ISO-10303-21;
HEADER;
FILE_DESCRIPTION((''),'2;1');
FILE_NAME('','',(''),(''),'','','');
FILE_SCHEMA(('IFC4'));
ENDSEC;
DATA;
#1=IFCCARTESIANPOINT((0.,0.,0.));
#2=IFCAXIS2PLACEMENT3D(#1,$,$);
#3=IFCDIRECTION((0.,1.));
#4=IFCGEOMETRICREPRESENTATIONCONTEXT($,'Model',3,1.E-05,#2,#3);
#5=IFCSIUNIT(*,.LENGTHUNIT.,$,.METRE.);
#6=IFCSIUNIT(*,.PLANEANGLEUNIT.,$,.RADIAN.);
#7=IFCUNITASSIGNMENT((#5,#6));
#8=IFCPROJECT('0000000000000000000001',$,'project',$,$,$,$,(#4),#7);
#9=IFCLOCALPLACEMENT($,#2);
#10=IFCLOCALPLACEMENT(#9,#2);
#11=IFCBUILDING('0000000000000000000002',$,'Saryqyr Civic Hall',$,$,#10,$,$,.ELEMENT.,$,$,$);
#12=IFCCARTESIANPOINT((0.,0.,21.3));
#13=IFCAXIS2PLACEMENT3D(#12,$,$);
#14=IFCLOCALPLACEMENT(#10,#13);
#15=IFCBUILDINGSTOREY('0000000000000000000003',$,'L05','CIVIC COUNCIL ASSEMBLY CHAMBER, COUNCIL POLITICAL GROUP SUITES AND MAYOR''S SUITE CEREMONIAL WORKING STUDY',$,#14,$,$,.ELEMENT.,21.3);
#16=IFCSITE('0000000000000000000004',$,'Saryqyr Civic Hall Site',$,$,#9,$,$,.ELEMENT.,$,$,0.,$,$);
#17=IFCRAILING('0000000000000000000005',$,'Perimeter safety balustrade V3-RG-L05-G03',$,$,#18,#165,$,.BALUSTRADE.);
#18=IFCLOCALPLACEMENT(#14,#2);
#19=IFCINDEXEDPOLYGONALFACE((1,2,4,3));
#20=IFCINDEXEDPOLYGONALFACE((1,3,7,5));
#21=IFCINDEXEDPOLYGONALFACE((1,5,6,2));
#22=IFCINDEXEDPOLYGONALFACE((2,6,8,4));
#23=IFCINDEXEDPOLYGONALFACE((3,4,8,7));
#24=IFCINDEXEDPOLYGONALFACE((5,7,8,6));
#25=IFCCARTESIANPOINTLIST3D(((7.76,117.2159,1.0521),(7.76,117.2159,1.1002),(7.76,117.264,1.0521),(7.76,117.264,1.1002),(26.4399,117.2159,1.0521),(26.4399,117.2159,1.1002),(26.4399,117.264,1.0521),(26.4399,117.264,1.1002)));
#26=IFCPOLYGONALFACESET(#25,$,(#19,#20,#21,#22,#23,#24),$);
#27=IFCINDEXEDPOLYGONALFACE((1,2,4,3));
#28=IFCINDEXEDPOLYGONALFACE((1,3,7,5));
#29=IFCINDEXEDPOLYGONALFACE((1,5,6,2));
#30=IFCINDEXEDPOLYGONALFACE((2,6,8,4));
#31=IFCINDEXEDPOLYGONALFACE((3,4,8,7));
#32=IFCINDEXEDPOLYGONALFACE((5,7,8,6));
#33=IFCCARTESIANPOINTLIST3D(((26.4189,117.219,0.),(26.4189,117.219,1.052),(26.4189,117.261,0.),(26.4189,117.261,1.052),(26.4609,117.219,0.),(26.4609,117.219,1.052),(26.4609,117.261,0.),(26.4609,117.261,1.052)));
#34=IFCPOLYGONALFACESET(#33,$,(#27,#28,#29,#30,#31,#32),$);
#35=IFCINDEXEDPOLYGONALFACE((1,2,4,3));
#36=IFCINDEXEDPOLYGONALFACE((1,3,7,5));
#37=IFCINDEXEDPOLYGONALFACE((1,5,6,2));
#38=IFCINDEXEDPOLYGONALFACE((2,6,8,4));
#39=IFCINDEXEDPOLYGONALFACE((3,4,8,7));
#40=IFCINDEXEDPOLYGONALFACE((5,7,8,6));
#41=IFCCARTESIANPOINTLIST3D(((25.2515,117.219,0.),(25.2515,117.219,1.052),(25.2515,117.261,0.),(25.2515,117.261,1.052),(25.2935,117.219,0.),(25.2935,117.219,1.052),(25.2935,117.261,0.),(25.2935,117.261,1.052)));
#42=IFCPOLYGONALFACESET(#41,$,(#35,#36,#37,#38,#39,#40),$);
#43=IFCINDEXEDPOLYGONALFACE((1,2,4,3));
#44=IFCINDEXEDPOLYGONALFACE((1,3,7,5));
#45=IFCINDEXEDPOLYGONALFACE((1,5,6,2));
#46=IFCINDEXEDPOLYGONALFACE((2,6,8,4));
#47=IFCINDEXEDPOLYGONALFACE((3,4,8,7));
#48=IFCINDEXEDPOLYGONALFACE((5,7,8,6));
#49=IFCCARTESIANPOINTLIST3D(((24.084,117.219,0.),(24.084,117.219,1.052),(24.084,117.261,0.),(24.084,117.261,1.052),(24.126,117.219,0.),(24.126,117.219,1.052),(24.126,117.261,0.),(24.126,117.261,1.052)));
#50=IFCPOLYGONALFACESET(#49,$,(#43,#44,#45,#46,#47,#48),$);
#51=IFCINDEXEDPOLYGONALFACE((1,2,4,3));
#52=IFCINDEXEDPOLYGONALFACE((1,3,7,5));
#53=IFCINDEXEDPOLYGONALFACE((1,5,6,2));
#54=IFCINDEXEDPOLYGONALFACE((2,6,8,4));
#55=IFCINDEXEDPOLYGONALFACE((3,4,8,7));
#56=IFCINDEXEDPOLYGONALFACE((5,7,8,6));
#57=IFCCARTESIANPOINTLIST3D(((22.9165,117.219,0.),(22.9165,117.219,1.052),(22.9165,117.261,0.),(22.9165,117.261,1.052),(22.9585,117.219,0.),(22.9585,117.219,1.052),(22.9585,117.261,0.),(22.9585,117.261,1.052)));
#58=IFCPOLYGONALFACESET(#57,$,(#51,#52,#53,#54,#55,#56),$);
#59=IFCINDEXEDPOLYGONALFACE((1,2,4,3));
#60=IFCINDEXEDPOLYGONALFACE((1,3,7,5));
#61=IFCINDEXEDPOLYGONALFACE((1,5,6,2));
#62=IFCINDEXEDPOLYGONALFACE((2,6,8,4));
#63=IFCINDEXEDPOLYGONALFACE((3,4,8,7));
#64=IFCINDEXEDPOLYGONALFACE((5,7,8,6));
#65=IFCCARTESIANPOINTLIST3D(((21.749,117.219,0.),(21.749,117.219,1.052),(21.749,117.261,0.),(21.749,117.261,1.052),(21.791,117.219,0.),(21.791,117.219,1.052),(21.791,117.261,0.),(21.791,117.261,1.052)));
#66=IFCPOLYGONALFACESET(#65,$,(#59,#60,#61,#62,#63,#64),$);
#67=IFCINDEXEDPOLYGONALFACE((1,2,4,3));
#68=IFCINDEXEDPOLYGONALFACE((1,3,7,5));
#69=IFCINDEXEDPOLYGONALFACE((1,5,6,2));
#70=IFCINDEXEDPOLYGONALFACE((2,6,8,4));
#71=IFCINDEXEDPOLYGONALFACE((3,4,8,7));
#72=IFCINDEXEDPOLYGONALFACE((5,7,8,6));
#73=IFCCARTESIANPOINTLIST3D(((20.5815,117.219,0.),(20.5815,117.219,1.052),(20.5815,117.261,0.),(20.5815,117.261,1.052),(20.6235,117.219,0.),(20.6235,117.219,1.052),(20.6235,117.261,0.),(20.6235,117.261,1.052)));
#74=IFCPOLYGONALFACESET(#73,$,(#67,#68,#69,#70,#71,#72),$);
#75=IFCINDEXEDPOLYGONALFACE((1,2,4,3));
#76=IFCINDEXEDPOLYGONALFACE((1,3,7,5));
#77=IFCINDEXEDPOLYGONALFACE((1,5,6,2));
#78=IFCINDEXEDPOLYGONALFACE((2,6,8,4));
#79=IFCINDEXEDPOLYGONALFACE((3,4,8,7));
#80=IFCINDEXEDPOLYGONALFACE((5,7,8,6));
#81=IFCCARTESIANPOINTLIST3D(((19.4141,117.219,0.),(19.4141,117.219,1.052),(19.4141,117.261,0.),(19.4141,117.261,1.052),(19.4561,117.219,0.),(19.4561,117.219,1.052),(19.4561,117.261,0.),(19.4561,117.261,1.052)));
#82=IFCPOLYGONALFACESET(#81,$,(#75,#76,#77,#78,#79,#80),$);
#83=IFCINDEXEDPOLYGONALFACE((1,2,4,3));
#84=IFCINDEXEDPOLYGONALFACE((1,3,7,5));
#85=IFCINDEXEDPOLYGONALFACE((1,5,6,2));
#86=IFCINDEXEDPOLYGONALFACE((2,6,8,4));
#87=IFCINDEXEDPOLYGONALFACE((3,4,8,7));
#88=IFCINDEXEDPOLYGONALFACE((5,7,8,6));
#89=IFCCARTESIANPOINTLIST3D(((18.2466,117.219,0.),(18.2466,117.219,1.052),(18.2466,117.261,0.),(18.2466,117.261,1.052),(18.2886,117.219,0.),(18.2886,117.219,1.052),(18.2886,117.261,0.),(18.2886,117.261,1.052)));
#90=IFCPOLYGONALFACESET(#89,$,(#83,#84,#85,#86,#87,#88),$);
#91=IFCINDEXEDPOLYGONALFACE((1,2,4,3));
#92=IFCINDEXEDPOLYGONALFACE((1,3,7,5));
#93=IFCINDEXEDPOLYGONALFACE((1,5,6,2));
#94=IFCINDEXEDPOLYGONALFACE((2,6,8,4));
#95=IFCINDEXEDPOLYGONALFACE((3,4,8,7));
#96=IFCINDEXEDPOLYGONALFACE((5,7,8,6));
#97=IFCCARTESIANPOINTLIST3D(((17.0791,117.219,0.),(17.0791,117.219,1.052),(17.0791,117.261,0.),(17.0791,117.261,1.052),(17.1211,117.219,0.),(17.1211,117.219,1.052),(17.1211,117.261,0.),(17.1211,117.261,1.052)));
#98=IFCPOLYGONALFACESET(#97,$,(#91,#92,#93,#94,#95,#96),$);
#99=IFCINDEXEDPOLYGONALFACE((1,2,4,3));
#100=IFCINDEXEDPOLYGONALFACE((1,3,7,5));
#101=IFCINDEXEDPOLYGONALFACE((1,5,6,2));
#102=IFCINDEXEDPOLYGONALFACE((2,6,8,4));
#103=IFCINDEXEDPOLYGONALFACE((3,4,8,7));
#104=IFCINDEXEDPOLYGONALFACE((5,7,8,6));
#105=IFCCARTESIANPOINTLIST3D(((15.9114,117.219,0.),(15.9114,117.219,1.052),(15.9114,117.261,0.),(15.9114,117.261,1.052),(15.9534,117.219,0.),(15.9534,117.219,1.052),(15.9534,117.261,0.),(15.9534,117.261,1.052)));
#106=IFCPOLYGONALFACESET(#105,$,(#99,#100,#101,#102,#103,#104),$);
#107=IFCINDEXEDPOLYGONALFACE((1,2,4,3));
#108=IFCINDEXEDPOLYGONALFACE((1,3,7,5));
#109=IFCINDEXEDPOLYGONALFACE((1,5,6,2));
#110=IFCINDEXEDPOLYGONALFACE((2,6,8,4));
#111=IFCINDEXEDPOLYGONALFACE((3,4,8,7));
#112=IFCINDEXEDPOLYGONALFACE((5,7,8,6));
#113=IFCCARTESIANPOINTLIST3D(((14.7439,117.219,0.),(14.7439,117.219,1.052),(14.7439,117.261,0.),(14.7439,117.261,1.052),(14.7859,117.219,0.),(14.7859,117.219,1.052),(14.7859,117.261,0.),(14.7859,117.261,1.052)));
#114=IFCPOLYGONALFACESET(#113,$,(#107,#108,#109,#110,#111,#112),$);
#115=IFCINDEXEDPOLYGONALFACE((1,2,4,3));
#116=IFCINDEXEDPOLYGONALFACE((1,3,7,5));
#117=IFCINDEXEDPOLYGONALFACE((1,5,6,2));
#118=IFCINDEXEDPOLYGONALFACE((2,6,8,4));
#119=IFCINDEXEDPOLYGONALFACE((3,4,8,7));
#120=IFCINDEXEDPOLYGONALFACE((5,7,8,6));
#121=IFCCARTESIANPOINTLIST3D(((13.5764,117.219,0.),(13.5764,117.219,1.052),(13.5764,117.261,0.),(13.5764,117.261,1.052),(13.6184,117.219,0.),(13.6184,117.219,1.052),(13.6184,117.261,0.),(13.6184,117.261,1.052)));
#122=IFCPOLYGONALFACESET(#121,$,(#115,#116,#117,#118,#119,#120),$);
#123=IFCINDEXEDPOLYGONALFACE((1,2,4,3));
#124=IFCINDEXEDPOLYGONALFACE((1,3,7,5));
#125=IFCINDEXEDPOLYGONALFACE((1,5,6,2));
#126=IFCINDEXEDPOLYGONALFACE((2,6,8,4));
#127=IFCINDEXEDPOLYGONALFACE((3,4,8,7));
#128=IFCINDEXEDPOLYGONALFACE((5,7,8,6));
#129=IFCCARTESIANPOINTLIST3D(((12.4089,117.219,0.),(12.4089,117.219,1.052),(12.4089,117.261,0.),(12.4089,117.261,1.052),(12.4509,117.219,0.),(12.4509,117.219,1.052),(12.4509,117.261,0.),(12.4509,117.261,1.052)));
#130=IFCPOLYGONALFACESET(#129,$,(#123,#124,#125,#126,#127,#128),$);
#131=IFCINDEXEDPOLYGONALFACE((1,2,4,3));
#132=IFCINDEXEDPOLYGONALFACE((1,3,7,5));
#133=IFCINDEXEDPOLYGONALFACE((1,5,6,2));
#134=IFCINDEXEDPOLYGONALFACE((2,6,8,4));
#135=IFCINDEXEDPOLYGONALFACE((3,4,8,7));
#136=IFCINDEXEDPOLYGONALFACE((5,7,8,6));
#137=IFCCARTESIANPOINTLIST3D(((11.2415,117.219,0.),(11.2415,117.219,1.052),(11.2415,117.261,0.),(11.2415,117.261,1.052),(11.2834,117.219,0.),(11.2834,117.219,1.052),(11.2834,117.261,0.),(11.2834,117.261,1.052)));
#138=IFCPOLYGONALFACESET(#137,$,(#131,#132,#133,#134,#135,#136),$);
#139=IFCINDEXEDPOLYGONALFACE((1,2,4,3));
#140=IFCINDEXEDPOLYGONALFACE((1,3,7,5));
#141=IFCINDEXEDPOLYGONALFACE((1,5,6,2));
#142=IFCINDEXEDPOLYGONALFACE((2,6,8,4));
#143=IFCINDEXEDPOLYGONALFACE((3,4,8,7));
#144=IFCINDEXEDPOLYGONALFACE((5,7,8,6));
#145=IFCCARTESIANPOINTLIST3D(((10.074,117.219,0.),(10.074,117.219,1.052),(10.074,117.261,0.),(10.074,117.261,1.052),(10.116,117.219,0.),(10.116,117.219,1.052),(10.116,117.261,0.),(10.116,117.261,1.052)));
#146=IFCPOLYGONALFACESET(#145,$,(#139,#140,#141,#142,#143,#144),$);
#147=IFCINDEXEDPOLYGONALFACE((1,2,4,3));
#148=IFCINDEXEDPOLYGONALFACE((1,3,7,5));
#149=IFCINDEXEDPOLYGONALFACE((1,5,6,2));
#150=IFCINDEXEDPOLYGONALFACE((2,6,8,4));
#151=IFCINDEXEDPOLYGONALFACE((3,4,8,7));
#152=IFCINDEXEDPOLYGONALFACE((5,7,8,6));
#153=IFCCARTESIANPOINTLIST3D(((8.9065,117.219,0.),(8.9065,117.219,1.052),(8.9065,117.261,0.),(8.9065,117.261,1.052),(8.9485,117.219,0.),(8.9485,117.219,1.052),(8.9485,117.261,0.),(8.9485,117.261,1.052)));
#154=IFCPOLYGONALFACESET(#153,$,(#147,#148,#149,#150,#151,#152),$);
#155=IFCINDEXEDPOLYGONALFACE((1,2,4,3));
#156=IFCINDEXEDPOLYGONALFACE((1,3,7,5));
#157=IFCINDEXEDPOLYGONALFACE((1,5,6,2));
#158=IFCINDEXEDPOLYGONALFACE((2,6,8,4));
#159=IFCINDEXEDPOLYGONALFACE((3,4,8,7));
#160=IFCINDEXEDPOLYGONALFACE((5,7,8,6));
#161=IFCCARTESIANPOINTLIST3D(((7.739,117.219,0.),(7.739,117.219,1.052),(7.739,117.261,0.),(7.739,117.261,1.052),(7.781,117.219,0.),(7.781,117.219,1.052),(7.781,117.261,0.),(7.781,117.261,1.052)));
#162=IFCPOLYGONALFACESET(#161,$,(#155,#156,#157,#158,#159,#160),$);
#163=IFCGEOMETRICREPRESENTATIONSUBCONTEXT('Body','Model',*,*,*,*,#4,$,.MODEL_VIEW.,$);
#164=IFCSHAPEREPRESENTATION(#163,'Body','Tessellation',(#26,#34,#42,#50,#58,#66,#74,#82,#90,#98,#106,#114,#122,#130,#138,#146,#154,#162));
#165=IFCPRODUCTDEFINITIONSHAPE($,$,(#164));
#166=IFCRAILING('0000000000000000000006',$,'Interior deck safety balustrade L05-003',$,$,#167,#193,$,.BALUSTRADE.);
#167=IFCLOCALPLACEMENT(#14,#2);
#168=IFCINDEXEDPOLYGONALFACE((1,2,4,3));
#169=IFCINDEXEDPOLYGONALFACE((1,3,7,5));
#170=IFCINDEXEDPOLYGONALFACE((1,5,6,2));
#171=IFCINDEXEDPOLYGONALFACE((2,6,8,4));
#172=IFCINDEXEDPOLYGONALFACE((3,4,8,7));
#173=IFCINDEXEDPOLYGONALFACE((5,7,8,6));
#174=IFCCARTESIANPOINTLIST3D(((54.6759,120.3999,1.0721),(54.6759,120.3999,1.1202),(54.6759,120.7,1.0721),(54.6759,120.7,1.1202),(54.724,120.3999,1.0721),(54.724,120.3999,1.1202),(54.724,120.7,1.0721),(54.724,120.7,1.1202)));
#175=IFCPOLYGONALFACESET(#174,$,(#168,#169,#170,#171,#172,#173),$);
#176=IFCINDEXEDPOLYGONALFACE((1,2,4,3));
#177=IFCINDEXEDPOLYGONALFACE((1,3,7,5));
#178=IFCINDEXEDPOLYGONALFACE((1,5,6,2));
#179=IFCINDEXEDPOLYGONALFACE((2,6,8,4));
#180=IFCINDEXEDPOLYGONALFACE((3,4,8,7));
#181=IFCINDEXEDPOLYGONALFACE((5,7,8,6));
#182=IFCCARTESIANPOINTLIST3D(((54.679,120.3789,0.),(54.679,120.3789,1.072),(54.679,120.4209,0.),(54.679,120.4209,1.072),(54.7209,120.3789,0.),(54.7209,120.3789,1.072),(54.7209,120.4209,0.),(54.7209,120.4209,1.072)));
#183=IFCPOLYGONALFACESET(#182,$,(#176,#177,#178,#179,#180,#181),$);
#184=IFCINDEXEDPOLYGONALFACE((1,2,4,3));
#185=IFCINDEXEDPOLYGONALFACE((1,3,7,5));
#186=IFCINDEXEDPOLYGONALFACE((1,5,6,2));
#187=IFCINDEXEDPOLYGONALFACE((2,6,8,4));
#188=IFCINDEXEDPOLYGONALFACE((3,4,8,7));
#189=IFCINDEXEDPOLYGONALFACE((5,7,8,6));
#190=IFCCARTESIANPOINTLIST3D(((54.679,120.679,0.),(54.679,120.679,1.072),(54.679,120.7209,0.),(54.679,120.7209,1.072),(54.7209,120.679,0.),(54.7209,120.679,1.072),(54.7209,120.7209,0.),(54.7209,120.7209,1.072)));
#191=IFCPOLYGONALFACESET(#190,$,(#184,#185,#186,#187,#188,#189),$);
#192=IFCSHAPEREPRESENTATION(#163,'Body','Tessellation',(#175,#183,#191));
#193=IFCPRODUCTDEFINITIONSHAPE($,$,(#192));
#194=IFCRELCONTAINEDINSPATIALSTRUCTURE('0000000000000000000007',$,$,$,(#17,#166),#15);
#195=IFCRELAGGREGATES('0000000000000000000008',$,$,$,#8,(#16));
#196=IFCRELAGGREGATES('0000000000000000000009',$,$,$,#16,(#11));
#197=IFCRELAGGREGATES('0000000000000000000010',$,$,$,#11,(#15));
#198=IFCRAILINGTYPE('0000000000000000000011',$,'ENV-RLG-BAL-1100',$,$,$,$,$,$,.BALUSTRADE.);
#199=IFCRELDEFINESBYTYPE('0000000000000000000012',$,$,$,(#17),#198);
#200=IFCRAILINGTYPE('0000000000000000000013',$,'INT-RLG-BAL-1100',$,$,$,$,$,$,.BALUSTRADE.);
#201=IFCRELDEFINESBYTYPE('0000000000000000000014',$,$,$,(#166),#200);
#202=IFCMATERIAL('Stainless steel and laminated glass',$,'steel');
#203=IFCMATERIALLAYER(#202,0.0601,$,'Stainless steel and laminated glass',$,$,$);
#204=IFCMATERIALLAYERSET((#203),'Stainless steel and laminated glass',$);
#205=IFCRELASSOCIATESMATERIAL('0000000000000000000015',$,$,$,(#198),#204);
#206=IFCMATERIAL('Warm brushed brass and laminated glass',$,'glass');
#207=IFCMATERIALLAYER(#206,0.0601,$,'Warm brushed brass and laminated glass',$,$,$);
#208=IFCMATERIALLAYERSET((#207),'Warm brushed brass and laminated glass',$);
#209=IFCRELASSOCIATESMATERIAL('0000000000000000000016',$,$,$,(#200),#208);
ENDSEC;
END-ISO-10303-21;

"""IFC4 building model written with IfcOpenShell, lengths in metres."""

from ifc_helpers import new_model, si_unit, direction, frame, origin, origin_2d, place, context, subcontext, project, spatial, rectangle, extrude, material, layer, layer_set, type_object, element, save


model = new_model("IFC4")

# Units and contexts
model_context = context("Model", 3, precision=1e-05, world=origin(), true_north=direction((0.0, 1.0)))
body_context = subcontext(model_context, "Body", "Model", "MODEL_VIEW")
ifc_project = project(units=[si_unit("LENGTHUNIT", "METRE"), si_unit("PLANEANGLEUNIT", "RADIAN")], contexts=[model_context])

# Site, building, storey
site_placement = place(None, origin())
site = spatial("IfcSite", under=ifc_project, at=site_placement, Name="Saryqyr Civic Hall Site", CompositionType="ELEMENT", RefElevation=0.0)
building_placement = place(site_placement, origin())
building = spatial("IfcBuilding", under=site, at=building_placement, Name="Saryqyr Civic Hall", CompositionType="ELEMENT")
storey_placement = place(building_placement, frame((0.0, 0.0, 21.3)))
storey = spatial("IfcBuildingStorey", under=building, at=storey_placement, Name="L05", Description="CIVIC COUNCIL ASSEMBLY CHAMBER, COUNCIL POLITICAL GROUP SUITES AND MAYOR'S SUITE CEREMONIAL WORKING STUDY", CompositionType="ELEMENT", Elevation=21.3)

# Railings
ifc_material_1 = material(Name="Stainless steel and laminated glass", Category="steel")
ifc_layer_1 = layer(ifc_material_1, 0.0601, Name="Stainless steel and laminated glass")
ifc_layer_set_1 = layer_set([ifc_layer_1], Name="Stainless steel and laminated glass")
railing_type_1 = type_object("IfcRailingType", Name="ENV-RLG-BAL-1100", PredefinedType="BALUSTRADE", material=ifc_layer_set_1)
railing_1_placement = place(storey_placement, frame((26.4399, 117.24, 0.0)))
element("IfcRailing", 1, at=railing_1_placement, inside=storey, type_object=railing_type_1, Name="Perimeter safety balustrade V3-RG-L05-G03", PredefinedType="BALUSTRADE", context=body_context, shape_type="SweptSolid", body=[
    extrude(rectangle(XDim=0.0481, YDim=0.0481, at=origin_2d()), frame((0.0, 0.0, 1.0762), z_axis=(-1.0, 0.0, 0.0), x_axis=(0.0, -1.0, 0.0)), (0.0, 0.0, 1.0), 18.6799),
    extrude(rectangle(XDim=0.042, YDim=0.042, at=origin_2d()), origin(), (0.0, 0.0, 1.0), 1.052),
    extrude(rectangle(XDim=0.042, YDim=0.042, at=origin_2d()), frame((-1.1675, 0.0, 0.0)), (0.0, 0.0, 1.0), 1.052),
    extrude(rectangle(XDim=0.042, YDim=0.042, at=origin_2d()), frame((-2.335, 0.0, 0.0)), (0.0, 0.0, 1.0), 1.052),
    extrude(rectangle(XDim=0.042, YDim=0.042, at=origin_2d()), frame((-3.5024, 0.0, 0.0)), (0.0, 0.0, 1.0), 1.052),
    extrude(rectangle(XDim=0.042, YDim=0.042, at=origin_2d()), frame((-4.6699, 0.0, 0.0)), (0.0, 0.0, 1.0), 1.052),
    extrude(rectangle(XDim=0.042, YDim=0.042, at=origin_2d()), frame((-5.8374, 0.0, 0.0)), (0.0, 0.0, 1.0), 1.052),
    extrude(rectangle(XDim=0.042, YDim=0.042, at=origin_2d()), frame((-7.0049, 0.0, 0.0)), (0.0, 0.0, 1.0), 1.052),
    extrude(rectangle(XDim=0.042, YDim=0.042, at=origin_2d()), frame((-8.1724, 0.0, 0.0)), (0.0, 0.0, 1.0), 1.052),
    extrude(rectangle(XDim=0.042, YDim=0.042, at=origin_2d()), frame((-9.3398, 0.0, 0.0)), (0.0, 0.0, 1.0), 1.052),
    extrude(rectangle(XDim=0.042, YDim=0.042, at=origin_2d()), frame((-10.5076, 0.0, 0.0)), (0.0, 0.0, 1.0), 1.052),
    extrude(rectangle(XDim=0.042, YDim=0.042, at=origin_2d()), frame((-11.675, 0.0, 0.0)), (0.0, 0.0, 1.0), 1.052),
    extrude(rectangle(XDim=0.042, YDim=0.042, at=origin_2d()), frame((-12.8425, 0.0, 0.0)), (0.0, 0.0, 1.0), 1.052),
    extrude(rectangle(XDim=0.042, YDim=0.042, at=origin_2d()), frame((-14.01, 0.0, 0.0)), (0.0, 0.0, 1.0), 1.052),
    extrude(rectangle(XDim=0.042, YDim=0.042, at=origin_2d()), frame((-15.1775, 0.0, 0.0)), (0.0, 0.0, 1.0), 1.052),
    extrude(rectangle(XDim=0.042, YDim=0.042, at=origin_2d()), frame((-16.345, 0.0, 0.0)), (0.0, 0.0, 1.0), 1.052),
    extrude(rectangle(XDim=0.042, YDim=0.042, at=origin_2d()), frame((-17.5125, 0.0, 0.0)), (0.0, 0.0, 1.0), 1.052),
    extrude(rectangle(XDim=0.042, YDim=0.042, at=origin_2d()), frame((-18.6799, 0.0, 0.0)), (0.0, 0.0, 1.0), 1.052),
])
ifc_material_2 = material(Name="Warm brushed brass and laminated glass", Category="glass")
ifc_layer_2 = layer(ifc_material_2, 0.0601, Name="Warm brushed brass and laminated glass")
ifc_layer_set_2 = layer_set([ifc_layer_2], Name="Warm brushed brass and laminated glass")
railing_type_2 = type_object("IfcRailingType", Name="INT-RLG-BAL-1100", PredefinedType="BALUSTRADE", material=ifc_layer_set_2)
railing_2_placement = place(storey_placement, frame((54.7, 120.3999, 0.0)))
element("IfcRailing", 2, at=railing_2_placement, inside=storey, type_object=railing_type_2, Name="Interior deck safety balustrade L05-003", PredefinedType="BALUSTRADE", context=body_context, shape_type="SweptSolid", body=[
    extrude(rectangle(XDim=0.0481, YDim=0.0481, at=origin_2d()), frame((0.0, 0.0, 1.0962), z_axis=(0.0, 1.0, 0.0), x_axis=(-1.0, 0.0, 0.0)), (0.0, 0.0, 1.0), 0.3),
    extrude(rectangle(XDim=0.042, YDim=0.042, at=origin_2d()), origin(), (0.0, 0.0, 1.0), 1.072),
    extrude(rectangle(XDim=0.042, YDim=0.042, at=origin_2d()), frame((0.0, 0.3, 0.0)), (0.0, 0.0, 1.0), 1.072),
])

save(model, "model.ifc")
